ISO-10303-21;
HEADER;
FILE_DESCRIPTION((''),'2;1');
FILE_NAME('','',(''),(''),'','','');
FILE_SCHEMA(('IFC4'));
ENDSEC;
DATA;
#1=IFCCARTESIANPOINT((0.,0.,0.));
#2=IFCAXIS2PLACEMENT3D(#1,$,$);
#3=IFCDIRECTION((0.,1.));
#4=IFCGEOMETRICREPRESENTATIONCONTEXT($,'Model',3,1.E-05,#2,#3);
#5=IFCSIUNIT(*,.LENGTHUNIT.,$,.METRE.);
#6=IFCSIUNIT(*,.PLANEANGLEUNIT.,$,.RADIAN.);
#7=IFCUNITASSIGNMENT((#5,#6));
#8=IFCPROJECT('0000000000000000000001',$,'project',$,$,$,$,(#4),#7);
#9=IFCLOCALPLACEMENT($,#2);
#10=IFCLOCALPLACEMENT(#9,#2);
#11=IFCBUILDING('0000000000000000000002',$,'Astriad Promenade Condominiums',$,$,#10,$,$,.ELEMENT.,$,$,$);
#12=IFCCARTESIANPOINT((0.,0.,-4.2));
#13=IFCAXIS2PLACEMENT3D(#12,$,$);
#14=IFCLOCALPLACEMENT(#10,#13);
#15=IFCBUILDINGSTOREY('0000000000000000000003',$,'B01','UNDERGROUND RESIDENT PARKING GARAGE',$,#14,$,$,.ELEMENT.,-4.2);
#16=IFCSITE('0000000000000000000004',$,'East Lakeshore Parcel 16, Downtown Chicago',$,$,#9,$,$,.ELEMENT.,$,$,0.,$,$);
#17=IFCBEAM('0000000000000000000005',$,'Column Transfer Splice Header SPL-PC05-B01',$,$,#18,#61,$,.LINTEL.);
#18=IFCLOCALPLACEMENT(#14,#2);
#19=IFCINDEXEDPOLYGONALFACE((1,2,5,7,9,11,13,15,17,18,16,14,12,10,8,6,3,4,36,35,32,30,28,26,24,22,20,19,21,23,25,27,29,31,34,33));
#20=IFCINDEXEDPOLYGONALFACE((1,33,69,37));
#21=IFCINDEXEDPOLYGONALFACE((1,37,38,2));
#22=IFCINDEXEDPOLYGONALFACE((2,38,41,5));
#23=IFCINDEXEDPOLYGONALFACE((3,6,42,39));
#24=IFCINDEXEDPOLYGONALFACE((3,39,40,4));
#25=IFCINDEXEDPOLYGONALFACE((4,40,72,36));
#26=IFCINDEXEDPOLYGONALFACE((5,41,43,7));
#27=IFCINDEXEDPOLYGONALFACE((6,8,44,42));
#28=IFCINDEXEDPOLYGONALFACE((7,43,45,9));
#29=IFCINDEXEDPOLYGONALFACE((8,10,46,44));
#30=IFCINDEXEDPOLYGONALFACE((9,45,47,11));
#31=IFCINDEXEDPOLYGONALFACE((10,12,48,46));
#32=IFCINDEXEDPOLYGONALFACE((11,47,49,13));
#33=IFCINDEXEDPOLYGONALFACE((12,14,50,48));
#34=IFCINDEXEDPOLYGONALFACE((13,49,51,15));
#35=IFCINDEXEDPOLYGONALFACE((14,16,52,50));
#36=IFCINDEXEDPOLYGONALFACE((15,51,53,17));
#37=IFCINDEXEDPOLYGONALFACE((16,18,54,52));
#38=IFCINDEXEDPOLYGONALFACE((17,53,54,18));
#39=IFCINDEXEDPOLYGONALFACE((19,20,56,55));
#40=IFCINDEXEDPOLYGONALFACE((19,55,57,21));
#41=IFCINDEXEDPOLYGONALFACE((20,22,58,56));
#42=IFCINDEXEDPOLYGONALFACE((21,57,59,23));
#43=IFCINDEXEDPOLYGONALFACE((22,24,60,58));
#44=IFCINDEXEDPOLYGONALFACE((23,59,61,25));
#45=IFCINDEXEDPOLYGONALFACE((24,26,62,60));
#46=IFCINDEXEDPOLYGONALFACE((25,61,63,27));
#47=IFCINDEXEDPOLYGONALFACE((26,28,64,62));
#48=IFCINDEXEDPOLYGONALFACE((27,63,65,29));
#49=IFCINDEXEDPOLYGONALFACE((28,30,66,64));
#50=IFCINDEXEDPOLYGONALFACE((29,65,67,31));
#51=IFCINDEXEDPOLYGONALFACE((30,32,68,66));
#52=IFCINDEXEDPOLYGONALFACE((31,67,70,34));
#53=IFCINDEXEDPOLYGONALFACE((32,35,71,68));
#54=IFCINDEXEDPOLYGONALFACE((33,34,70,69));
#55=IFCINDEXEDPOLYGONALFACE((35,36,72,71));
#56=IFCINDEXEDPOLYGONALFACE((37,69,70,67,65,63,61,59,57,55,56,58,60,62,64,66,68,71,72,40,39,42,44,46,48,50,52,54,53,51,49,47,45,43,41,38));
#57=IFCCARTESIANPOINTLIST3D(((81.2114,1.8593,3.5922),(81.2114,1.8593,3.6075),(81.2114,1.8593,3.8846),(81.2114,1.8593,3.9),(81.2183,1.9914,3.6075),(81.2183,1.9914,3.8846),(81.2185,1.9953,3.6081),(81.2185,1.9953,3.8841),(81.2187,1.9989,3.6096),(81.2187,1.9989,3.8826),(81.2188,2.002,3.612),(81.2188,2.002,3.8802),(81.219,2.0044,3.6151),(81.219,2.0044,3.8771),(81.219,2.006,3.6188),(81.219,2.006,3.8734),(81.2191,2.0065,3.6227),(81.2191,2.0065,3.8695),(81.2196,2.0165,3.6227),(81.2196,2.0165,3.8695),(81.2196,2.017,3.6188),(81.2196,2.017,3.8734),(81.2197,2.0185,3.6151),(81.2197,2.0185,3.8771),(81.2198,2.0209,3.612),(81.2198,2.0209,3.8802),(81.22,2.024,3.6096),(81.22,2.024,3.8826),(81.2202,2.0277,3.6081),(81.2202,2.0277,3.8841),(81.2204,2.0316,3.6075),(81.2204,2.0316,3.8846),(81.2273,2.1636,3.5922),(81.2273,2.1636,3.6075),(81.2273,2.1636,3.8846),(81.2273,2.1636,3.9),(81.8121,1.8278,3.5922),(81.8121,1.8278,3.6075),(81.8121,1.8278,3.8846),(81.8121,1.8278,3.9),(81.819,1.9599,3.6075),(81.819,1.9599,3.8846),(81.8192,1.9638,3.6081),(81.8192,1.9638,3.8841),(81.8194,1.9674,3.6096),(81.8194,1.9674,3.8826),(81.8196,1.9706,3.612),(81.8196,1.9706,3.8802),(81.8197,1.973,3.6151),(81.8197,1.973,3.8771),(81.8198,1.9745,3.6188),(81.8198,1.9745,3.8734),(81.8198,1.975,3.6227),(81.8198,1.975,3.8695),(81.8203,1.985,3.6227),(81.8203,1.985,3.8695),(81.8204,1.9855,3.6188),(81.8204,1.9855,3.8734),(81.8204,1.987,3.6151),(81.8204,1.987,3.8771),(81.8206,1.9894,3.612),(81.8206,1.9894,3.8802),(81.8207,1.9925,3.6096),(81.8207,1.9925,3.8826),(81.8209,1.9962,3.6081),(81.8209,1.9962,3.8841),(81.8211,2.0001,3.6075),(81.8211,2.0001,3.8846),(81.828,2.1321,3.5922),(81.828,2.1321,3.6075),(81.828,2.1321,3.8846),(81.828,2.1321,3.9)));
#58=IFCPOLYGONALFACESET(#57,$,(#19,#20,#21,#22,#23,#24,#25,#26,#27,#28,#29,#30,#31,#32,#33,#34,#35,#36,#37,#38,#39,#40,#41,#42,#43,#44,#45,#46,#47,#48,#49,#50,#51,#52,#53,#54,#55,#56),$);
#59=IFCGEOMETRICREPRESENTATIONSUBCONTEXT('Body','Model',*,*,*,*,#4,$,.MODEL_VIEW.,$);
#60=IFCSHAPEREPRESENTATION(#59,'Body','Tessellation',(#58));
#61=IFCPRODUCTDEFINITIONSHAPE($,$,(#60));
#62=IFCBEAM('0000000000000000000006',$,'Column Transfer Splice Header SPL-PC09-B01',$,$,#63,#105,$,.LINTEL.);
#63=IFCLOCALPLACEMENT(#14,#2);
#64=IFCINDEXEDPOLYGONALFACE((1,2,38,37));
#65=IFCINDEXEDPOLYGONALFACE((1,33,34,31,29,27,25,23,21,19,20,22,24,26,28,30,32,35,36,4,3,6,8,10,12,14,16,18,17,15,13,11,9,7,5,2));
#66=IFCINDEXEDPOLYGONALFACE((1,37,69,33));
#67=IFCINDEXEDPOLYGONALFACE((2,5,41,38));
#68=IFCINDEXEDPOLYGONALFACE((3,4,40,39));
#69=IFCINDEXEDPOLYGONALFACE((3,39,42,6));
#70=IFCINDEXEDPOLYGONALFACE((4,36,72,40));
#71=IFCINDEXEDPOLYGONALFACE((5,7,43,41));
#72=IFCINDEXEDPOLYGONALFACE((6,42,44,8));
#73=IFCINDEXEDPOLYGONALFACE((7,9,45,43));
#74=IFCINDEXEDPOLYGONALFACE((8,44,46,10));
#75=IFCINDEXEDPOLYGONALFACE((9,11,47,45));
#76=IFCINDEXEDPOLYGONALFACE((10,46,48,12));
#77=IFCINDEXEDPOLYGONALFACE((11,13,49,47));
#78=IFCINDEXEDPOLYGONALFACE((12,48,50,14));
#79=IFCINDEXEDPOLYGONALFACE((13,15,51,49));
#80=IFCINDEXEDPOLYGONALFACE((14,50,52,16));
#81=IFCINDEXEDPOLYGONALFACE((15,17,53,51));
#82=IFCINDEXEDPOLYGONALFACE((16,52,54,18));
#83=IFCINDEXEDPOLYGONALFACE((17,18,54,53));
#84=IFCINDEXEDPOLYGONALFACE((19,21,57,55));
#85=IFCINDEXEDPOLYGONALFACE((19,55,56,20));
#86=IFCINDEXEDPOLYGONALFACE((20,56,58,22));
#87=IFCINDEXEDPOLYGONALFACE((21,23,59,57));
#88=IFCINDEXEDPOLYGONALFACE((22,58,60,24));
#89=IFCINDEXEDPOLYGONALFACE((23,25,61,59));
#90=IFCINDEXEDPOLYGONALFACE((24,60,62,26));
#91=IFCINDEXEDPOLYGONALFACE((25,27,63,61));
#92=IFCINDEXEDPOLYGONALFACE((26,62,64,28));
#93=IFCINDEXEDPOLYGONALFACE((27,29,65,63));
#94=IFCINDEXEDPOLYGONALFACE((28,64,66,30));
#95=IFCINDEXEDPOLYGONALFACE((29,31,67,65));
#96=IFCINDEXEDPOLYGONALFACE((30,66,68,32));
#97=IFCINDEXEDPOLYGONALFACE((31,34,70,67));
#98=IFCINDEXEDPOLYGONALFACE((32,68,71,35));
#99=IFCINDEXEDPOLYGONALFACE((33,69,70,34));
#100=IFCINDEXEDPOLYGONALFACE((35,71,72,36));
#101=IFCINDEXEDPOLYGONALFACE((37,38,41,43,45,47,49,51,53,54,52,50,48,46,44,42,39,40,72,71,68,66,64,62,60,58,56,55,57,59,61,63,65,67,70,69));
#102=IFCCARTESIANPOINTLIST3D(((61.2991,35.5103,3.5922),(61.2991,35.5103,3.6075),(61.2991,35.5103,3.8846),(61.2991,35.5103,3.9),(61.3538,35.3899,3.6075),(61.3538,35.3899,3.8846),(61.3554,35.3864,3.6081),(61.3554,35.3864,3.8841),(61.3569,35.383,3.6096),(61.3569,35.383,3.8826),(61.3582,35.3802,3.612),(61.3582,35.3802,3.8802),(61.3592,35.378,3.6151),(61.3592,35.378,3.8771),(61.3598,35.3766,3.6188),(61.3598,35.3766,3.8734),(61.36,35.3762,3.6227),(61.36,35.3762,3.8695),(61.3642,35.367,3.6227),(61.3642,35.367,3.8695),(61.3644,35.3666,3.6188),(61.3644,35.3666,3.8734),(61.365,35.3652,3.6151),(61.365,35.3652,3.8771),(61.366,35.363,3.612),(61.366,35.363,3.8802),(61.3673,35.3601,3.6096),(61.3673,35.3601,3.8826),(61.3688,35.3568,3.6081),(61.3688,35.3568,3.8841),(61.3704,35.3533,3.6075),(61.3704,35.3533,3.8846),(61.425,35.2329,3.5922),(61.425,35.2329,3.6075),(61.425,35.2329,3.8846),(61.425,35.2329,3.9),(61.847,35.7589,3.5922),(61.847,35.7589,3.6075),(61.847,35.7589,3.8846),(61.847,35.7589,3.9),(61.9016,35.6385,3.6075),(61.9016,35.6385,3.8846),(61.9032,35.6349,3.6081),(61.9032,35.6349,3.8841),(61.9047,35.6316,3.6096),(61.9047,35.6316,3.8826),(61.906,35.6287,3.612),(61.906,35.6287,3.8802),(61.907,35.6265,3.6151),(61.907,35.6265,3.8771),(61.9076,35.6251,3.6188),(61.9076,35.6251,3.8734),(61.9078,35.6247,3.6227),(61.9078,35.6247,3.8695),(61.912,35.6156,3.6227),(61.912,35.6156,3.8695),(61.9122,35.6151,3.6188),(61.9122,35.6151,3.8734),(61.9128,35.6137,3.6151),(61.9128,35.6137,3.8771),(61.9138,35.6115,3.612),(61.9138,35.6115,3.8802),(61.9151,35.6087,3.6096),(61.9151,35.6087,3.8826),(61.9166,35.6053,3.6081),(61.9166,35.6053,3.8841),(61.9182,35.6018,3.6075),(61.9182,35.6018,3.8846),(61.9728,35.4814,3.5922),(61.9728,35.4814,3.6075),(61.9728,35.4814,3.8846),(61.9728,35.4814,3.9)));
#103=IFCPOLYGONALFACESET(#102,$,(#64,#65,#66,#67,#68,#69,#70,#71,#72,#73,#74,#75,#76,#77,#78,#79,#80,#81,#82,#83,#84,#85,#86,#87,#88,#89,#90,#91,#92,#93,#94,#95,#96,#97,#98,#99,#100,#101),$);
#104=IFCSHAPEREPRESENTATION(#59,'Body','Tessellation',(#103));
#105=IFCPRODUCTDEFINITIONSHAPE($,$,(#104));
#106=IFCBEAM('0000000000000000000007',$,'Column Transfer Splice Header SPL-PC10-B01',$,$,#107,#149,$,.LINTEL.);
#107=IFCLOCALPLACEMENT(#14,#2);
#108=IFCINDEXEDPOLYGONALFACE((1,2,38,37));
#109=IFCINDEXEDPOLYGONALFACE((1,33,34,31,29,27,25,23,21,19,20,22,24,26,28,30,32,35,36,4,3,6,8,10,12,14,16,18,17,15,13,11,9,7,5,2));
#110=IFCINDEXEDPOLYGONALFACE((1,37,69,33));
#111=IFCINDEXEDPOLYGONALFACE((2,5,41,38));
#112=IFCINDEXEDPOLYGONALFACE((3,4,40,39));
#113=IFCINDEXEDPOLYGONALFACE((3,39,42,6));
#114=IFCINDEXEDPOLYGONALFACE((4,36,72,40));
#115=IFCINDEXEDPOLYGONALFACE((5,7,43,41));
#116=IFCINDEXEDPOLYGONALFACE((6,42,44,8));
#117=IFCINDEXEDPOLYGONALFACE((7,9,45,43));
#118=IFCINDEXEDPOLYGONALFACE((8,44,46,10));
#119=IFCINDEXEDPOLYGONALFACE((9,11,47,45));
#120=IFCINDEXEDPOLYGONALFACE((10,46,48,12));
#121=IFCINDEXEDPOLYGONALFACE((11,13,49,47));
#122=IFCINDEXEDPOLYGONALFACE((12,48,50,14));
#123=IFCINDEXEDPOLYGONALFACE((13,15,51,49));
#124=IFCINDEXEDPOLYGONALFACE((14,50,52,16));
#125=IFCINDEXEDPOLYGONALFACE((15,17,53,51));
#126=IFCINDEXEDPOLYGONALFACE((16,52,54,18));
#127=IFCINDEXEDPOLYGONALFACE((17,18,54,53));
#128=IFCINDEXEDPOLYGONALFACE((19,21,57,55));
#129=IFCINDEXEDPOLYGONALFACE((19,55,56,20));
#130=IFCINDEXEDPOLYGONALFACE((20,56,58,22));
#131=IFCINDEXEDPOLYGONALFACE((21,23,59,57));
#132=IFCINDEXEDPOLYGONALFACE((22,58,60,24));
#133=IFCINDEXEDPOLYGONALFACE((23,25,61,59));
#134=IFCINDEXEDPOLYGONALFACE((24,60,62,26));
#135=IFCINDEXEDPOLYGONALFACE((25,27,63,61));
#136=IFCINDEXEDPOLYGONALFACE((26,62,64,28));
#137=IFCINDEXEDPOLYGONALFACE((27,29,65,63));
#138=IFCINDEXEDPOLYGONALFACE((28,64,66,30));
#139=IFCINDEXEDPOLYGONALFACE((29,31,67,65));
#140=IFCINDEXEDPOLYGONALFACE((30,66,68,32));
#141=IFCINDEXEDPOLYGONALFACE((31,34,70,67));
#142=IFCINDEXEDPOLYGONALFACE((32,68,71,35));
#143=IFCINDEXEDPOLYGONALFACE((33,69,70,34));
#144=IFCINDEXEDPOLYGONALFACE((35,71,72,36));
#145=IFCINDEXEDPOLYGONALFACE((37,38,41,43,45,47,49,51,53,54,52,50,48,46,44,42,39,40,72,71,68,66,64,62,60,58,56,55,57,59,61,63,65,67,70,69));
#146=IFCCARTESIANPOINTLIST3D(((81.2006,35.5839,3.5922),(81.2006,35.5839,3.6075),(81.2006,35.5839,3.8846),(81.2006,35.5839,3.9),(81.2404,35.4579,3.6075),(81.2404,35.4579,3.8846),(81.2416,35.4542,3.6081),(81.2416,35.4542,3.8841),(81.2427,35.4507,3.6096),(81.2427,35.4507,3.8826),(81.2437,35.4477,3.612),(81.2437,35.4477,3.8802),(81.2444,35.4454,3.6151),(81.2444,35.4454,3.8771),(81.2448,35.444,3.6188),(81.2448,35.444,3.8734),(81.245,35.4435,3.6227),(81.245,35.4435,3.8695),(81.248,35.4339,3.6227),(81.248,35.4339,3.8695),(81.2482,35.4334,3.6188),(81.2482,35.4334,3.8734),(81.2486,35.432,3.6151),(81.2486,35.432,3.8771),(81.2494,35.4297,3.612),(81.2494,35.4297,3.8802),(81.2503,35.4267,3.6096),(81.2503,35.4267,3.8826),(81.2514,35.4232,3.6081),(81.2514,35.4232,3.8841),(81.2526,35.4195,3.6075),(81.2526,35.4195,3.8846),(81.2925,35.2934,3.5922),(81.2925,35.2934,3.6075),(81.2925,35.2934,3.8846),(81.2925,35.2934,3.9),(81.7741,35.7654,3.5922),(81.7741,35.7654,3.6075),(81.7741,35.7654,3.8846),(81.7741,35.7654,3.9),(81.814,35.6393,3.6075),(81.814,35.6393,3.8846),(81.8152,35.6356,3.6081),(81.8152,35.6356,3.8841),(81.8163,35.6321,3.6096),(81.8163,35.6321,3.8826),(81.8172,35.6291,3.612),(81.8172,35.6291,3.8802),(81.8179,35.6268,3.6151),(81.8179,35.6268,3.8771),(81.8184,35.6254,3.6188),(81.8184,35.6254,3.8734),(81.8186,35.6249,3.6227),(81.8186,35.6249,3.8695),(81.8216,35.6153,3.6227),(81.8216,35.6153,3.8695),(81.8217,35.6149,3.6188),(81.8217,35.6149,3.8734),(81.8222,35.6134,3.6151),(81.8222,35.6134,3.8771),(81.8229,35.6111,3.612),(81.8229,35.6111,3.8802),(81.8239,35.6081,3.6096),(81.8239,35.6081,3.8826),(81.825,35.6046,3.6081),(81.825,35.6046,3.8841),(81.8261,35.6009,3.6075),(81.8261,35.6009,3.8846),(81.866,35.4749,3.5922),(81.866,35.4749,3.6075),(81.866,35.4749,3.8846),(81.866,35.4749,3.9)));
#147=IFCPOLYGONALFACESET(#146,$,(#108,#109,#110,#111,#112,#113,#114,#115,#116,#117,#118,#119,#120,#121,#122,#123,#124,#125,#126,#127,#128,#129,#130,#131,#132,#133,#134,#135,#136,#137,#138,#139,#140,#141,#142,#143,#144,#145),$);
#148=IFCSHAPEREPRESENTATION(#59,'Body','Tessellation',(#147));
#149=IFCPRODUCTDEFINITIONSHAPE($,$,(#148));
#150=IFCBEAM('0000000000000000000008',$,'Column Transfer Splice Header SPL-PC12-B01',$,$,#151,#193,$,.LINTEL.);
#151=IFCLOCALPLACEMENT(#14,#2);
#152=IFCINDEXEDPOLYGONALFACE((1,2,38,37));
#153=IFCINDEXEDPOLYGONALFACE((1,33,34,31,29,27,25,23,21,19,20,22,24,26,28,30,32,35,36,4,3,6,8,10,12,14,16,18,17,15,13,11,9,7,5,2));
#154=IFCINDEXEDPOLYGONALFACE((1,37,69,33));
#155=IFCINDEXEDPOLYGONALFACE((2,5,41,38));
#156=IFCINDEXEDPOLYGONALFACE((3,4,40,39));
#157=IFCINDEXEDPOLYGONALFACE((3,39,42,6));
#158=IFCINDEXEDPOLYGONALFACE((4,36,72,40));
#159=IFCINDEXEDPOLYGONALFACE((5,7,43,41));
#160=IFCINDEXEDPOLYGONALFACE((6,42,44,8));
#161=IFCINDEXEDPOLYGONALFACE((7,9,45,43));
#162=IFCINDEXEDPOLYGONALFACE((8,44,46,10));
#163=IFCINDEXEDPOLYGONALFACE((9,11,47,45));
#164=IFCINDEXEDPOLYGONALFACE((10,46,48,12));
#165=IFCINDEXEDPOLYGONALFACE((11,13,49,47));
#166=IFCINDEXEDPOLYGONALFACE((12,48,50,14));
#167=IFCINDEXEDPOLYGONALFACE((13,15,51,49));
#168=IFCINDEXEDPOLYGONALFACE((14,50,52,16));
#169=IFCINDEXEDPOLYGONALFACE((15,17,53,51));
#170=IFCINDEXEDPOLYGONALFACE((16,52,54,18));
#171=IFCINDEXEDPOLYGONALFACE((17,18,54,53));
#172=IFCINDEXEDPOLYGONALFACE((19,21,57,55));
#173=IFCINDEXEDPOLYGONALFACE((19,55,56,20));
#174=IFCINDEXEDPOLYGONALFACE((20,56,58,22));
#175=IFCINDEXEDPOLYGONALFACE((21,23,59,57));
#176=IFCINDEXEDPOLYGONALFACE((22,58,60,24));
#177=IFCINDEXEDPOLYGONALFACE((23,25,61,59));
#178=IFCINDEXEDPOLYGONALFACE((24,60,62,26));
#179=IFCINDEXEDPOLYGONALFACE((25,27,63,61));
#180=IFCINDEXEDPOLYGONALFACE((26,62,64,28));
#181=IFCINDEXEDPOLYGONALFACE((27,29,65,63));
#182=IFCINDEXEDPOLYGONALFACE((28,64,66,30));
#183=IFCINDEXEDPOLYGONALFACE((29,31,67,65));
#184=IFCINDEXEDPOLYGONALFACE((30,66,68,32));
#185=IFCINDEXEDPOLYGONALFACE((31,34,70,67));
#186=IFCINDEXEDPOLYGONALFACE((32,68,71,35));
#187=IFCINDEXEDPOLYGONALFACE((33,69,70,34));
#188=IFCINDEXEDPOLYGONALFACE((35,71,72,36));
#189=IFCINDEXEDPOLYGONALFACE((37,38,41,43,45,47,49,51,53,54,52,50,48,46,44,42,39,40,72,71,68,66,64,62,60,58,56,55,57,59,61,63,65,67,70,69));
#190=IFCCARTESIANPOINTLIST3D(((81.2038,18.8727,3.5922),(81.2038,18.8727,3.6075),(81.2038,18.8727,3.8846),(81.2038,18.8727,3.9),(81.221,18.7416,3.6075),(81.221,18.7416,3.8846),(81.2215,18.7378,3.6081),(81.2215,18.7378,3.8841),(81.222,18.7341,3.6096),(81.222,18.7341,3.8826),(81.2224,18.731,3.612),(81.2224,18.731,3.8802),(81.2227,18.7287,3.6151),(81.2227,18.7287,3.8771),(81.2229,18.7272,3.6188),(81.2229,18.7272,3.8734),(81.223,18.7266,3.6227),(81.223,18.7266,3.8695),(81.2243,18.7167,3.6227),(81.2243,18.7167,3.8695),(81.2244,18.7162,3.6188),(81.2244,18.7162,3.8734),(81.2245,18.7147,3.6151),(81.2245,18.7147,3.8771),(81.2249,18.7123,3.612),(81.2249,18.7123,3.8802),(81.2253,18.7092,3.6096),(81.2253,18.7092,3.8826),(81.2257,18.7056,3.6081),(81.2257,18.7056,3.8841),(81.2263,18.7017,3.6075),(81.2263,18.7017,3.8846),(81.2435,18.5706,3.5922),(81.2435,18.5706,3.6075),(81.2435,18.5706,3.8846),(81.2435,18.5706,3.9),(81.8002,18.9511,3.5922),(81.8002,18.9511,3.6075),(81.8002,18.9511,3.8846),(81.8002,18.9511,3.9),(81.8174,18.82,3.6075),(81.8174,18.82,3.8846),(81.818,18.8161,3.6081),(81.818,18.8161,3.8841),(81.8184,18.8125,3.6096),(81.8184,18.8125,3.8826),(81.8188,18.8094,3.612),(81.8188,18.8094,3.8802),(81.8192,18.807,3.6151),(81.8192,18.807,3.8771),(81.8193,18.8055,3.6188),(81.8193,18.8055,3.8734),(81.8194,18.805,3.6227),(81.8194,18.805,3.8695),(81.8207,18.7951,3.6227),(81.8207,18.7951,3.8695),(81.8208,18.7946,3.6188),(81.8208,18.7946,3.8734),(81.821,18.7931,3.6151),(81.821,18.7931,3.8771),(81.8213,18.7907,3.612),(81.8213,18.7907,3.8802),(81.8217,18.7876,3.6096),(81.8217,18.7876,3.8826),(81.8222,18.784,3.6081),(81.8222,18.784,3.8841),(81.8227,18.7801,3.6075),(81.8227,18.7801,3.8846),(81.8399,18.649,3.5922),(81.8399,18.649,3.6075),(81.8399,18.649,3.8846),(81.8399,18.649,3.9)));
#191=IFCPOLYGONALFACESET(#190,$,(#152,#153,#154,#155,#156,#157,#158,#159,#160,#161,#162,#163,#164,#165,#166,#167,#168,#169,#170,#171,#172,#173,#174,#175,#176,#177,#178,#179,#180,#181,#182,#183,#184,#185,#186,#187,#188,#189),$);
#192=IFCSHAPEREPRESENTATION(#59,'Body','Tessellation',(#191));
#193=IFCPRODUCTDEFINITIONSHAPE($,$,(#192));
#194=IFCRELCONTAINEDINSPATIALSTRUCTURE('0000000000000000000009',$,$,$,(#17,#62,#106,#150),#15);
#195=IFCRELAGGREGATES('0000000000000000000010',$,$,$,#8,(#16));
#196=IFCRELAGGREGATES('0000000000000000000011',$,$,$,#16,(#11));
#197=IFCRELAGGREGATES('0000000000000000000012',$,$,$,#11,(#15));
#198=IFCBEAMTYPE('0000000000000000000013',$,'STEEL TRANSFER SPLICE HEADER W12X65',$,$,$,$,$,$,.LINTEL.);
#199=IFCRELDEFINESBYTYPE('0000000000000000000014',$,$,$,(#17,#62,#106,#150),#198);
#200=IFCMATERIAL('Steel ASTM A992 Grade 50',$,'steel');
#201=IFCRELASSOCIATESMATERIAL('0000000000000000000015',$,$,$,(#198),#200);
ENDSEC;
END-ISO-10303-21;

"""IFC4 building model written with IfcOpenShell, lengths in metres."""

from ifc_helpers import new_model, si_unit, direction, frame, origin, origin_2d, place, context, subcontext, project, spatial, i_section, extrude, source, transform, mapped, material, material_profile, profile_set, type_object, element, save


model = new_model("IFC4")

# Units and contexts
model_context = context("Model", 3, precision=1e-05, world=origin(), true_north=direction((0.0, 1.0)))
body_context = subcontext(model_context, "Body", "Model", "MODEL_VIEW")
ifc_project = project(units=[si_unit("LENGTHUNIT", "METRE"), si_unit("PLANEANGLEUNIT", "RADIAN")], contexts=[model_context])

# Site, building, storey
site_placement = place(None, origin())
site = spatial("IfcSite", under=ifc_project, at=site_placement, Name="East Lakeshore Parcel 16, Downtown Chicago", CompositionType="ELEMENT", RefElevation=0.0)
building_placement = place(site_placement, origin())
building = spatial("IfcBuilding", under=site, at=building_placement, Name="Astriad Promenade Condominiums", CompositionType="ELEMENT")
storey_placement = place(building_placement, frame((0.0, 0.0, -4.2)))
storey = spatial("IfcBuildingStorey", under=building, at=storey_placement, Name="B01", Description="UNDERGROUND RESIDENT PARKING GARAGE", CompositionType="ELEMENT", Elevation=-4.2)

# Shared definitions
ifc_material_1 = material(Name="Steel ASTM A992 Grade 50", Category="steel")

# Beams
ifc_material_profile_1 = material_profile(ifc_material_1, i_section(OverallWidth=0.3047, OverallDepth=0.3079, WebThickness=0.01, FlangeThickness=0.0154, FilletRadius=0.0151, at=origin_2d()), Name="W12X65")
ifc_profile_set_1 = profile_set([ifc_material_profile_1], Name="Steel ASTM A992 Grade 50")
beam_type_1 = type_object("IfcBeamType", Name="STEEL TRANSFER SPLICE HEADER W12X65", PredefinedType="LINTEL", material=ifc_profile_set_1)
shared_shape_1 = source(origin(), body_context, "Body", "SweptSolid", [
    extrude(i_section(OverallWidth=0.3047, OverallDepth=0.3079, WebThickness=0.01, FlangeThickness=0.0154, FilletRadius=0.0151, at=origin_2d()), origin(), (0.0, 0.0, 1.0), 0.6016),
])
for number, where, z_axis, x_axis, name in (
    (1, (81.8201, 1.98, 3.7461), (-0.998629, 0.052346, 0.0), (-0.052346, -0.998629, 0.0), "Column Transfer Splice Header SPL-PC05-B01"),
    (2, (61.9099, 35.6201, 3.7461), (-0.910672, -0.41313, 0.0), (0.41313, -0.910672, 0.0), "Column Transfer Splice Header SPL-PC09-B01"),
    (3, (81.8201, 35.6201, 3.7461), (-0.953441, -0.301578, 0.0), (0.301578, -0.953441, 0.0), "Column Transfer Splice Header SPL-PC10-B01"),
    (4, (81.8201, 18.8, 3.7461), (-0.991478, -0.130276, 0.0), (0.130276, -0.991478, 0.0), "Column Transfer Splice Header SPL-PC12-B01"),
):
    element("IfcBeam", number, at=place(storey_placement, frame(where, z_axis=z_axis, x_axis=x_axis)), inside=storey, type_object=beam_type_1, Name=name, PredefinedType="LINTEL", context=body_context, shape_type="MappedRepresentation", body=[
        mapped(shared_shape_1, transform((0.0, 0.0, 0.0), scale=1.0)),
    ])

save(model, "model.ifc")
